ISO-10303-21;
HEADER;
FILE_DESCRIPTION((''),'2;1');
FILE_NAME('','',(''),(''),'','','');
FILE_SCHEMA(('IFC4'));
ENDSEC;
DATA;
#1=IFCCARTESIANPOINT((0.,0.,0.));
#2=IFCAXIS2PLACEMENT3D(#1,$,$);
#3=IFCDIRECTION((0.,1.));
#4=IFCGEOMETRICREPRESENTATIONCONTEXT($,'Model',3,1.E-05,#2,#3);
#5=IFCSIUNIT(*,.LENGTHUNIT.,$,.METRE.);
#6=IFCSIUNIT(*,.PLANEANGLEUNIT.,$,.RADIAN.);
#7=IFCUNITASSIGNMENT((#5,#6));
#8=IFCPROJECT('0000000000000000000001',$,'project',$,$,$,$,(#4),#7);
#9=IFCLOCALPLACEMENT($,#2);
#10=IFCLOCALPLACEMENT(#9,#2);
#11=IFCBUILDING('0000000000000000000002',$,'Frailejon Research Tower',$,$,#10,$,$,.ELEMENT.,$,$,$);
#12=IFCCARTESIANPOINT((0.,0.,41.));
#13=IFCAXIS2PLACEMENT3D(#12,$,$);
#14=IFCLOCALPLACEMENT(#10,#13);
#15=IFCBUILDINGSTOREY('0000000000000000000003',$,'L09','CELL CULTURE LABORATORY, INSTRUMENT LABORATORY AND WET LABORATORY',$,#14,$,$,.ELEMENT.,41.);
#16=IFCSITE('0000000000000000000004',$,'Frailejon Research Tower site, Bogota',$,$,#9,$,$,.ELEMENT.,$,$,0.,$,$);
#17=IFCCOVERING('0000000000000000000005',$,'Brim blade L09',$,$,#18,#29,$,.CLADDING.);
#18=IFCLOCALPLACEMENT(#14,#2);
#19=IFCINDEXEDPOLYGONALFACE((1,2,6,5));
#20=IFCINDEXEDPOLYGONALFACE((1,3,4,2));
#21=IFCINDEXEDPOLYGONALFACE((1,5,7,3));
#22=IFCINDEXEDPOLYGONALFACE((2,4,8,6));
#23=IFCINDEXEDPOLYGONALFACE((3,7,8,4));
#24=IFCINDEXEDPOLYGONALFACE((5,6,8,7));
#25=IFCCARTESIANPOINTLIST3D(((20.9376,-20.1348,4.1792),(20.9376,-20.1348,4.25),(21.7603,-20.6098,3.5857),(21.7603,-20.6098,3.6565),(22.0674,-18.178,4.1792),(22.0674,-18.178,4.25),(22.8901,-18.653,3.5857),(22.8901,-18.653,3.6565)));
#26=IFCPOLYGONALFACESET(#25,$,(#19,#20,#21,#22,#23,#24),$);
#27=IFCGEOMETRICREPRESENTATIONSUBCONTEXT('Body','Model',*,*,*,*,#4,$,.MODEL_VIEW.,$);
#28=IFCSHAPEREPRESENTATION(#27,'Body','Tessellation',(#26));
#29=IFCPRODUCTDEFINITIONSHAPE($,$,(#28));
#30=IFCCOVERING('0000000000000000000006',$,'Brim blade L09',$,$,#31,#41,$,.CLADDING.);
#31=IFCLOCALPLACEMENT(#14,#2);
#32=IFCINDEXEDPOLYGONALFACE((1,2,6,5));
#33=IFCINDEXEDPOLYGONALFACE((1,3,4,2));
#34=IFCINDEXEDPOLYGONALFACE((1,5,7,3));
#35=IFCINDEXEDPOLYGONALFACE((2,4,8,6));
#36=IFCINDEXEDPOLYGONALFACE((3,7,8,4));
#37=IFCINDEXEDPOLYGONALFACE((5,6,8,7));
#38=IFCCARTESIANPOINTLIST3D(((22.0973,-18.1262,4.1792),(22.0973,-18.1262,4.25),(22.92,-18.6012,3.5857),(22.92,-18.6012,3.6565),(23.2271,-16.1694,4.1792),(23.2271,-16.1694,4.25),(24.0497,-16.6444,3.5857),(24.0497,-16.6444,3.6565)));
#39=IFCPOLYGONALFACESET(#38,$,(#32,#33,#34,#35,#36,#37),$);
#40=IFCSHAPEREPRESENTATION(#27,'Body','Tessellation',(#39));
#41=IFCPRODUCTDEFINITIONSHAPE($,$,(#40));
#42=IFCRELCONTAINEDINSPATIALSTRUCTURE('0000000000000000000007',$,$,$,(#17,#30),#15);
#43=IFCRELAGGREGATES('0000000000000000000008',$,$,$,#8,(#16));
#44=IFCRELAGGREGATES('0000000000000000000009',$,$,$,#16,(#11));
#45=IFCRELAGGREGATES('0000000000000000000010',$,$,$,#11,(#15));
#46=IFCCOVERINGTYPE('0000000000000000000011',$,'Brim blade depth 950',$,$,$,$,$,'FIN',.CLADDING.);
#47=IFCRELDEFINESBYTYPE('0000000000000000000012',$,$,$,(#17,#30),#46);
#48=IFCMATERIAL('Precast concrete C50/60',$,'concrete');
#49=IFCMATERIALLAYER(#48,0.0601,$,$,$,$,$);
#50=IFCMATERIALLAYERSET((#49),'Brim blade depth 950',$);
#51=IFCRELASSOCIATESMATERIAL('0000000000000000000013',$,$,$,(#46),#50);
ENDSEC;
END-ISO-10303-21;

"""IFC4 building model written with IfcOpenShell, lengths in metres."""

from ifc_helpers import new_model, si_unit, direction, frame, origin, place, context, subcontext, project, spatial, polyline, outline, extrude, material, layer, layer_set, type_object, element, save


model = new_model("IFC4")

# Units and contexts
model_context = context("Model", 3, precision=1e-05, world=origin(), true_north=direction((0.0, 1.0)))
body_context = subcontext(model_context, "Body", "Model", "MODEL_VIEW")
ifc_project = project(units=[si_unit("LENGTHUNIT", "METRE"), si_unit("PLANEANGLEUNIT", "RADIAN")], contexts=[model_context])

# Site, building, storey
site_placement = place(None, origin())
site = spatial("IfcSite", under=ifc_project, at=site_placement, Name="Frailejon Research Tower site, Bogota", CompositionType="ELEMENT", RefElevation=0.0)
building_placement = place(site_placement, origin())
building = spatial("IfcBuilding", under=site, at=building_placement, Name="Frailejon Research Tower", CompositionType="ELEMENT")
storey_placement = place(building_placement, frame((0.0, 0.0, 41.0)))
storey = spatial("IfcBuildingStorey", under=building, at=storey_placement, Name="L09", Description="CELL CULTURE LABORATORY, INSTRUMENT LABORATORY AND WET LABORATORY", CompositionType="ELEMENT", Elevation=41.0)

# Coverings
ifc_material_1 = material(Name="Precast concrete C50/60", Category="concrete")
ifc_layer_1 = layer(ifc_material_1, 0.0601)
ifc_layer_set_1 = layer_set([ifc_layer_1], Name="Brim blade depth 950")
covering_type_1 = type_object("IfcCoveringType", Name="Brim blade depth 950", ElementType="FIN", PredefinedType="CLADDING", material=ifc_layer_set_1)
for number, where, z_axis, x_axis, name in (
    (1, (22.0674, -18.178, 4.25), (-0.500003, -0.866024, 0.0), (0.866024, -0.500003, 0.0), "Brim blade L09"),
    (2, (23.2271, -16.1694, 4.25), (-0.500003, -0.866024, 0.0), (0.866024, -0.500003, 0.0), "Brim blade L09"),
):
    element("IfcCovering", number, at=place(storey_placement, frame(where, z_axis=z_axis, x_axis=x_axis)), inside=storey, type_object=covering_type_1, Name=name, PredefinedType="CLADDING", context=body_context, shape_type="SweptSolid", body=[
        extrude(outline(polyline([(0.0, -0.0708), (0.95, -0.6643), (0.95, -0.5935), (0.0, 0.0), (0.0, -0.0708)])), origin(), (0.0, 0.0, 1.0), 2.2595),
    ])

save(model, "model.ifc")
